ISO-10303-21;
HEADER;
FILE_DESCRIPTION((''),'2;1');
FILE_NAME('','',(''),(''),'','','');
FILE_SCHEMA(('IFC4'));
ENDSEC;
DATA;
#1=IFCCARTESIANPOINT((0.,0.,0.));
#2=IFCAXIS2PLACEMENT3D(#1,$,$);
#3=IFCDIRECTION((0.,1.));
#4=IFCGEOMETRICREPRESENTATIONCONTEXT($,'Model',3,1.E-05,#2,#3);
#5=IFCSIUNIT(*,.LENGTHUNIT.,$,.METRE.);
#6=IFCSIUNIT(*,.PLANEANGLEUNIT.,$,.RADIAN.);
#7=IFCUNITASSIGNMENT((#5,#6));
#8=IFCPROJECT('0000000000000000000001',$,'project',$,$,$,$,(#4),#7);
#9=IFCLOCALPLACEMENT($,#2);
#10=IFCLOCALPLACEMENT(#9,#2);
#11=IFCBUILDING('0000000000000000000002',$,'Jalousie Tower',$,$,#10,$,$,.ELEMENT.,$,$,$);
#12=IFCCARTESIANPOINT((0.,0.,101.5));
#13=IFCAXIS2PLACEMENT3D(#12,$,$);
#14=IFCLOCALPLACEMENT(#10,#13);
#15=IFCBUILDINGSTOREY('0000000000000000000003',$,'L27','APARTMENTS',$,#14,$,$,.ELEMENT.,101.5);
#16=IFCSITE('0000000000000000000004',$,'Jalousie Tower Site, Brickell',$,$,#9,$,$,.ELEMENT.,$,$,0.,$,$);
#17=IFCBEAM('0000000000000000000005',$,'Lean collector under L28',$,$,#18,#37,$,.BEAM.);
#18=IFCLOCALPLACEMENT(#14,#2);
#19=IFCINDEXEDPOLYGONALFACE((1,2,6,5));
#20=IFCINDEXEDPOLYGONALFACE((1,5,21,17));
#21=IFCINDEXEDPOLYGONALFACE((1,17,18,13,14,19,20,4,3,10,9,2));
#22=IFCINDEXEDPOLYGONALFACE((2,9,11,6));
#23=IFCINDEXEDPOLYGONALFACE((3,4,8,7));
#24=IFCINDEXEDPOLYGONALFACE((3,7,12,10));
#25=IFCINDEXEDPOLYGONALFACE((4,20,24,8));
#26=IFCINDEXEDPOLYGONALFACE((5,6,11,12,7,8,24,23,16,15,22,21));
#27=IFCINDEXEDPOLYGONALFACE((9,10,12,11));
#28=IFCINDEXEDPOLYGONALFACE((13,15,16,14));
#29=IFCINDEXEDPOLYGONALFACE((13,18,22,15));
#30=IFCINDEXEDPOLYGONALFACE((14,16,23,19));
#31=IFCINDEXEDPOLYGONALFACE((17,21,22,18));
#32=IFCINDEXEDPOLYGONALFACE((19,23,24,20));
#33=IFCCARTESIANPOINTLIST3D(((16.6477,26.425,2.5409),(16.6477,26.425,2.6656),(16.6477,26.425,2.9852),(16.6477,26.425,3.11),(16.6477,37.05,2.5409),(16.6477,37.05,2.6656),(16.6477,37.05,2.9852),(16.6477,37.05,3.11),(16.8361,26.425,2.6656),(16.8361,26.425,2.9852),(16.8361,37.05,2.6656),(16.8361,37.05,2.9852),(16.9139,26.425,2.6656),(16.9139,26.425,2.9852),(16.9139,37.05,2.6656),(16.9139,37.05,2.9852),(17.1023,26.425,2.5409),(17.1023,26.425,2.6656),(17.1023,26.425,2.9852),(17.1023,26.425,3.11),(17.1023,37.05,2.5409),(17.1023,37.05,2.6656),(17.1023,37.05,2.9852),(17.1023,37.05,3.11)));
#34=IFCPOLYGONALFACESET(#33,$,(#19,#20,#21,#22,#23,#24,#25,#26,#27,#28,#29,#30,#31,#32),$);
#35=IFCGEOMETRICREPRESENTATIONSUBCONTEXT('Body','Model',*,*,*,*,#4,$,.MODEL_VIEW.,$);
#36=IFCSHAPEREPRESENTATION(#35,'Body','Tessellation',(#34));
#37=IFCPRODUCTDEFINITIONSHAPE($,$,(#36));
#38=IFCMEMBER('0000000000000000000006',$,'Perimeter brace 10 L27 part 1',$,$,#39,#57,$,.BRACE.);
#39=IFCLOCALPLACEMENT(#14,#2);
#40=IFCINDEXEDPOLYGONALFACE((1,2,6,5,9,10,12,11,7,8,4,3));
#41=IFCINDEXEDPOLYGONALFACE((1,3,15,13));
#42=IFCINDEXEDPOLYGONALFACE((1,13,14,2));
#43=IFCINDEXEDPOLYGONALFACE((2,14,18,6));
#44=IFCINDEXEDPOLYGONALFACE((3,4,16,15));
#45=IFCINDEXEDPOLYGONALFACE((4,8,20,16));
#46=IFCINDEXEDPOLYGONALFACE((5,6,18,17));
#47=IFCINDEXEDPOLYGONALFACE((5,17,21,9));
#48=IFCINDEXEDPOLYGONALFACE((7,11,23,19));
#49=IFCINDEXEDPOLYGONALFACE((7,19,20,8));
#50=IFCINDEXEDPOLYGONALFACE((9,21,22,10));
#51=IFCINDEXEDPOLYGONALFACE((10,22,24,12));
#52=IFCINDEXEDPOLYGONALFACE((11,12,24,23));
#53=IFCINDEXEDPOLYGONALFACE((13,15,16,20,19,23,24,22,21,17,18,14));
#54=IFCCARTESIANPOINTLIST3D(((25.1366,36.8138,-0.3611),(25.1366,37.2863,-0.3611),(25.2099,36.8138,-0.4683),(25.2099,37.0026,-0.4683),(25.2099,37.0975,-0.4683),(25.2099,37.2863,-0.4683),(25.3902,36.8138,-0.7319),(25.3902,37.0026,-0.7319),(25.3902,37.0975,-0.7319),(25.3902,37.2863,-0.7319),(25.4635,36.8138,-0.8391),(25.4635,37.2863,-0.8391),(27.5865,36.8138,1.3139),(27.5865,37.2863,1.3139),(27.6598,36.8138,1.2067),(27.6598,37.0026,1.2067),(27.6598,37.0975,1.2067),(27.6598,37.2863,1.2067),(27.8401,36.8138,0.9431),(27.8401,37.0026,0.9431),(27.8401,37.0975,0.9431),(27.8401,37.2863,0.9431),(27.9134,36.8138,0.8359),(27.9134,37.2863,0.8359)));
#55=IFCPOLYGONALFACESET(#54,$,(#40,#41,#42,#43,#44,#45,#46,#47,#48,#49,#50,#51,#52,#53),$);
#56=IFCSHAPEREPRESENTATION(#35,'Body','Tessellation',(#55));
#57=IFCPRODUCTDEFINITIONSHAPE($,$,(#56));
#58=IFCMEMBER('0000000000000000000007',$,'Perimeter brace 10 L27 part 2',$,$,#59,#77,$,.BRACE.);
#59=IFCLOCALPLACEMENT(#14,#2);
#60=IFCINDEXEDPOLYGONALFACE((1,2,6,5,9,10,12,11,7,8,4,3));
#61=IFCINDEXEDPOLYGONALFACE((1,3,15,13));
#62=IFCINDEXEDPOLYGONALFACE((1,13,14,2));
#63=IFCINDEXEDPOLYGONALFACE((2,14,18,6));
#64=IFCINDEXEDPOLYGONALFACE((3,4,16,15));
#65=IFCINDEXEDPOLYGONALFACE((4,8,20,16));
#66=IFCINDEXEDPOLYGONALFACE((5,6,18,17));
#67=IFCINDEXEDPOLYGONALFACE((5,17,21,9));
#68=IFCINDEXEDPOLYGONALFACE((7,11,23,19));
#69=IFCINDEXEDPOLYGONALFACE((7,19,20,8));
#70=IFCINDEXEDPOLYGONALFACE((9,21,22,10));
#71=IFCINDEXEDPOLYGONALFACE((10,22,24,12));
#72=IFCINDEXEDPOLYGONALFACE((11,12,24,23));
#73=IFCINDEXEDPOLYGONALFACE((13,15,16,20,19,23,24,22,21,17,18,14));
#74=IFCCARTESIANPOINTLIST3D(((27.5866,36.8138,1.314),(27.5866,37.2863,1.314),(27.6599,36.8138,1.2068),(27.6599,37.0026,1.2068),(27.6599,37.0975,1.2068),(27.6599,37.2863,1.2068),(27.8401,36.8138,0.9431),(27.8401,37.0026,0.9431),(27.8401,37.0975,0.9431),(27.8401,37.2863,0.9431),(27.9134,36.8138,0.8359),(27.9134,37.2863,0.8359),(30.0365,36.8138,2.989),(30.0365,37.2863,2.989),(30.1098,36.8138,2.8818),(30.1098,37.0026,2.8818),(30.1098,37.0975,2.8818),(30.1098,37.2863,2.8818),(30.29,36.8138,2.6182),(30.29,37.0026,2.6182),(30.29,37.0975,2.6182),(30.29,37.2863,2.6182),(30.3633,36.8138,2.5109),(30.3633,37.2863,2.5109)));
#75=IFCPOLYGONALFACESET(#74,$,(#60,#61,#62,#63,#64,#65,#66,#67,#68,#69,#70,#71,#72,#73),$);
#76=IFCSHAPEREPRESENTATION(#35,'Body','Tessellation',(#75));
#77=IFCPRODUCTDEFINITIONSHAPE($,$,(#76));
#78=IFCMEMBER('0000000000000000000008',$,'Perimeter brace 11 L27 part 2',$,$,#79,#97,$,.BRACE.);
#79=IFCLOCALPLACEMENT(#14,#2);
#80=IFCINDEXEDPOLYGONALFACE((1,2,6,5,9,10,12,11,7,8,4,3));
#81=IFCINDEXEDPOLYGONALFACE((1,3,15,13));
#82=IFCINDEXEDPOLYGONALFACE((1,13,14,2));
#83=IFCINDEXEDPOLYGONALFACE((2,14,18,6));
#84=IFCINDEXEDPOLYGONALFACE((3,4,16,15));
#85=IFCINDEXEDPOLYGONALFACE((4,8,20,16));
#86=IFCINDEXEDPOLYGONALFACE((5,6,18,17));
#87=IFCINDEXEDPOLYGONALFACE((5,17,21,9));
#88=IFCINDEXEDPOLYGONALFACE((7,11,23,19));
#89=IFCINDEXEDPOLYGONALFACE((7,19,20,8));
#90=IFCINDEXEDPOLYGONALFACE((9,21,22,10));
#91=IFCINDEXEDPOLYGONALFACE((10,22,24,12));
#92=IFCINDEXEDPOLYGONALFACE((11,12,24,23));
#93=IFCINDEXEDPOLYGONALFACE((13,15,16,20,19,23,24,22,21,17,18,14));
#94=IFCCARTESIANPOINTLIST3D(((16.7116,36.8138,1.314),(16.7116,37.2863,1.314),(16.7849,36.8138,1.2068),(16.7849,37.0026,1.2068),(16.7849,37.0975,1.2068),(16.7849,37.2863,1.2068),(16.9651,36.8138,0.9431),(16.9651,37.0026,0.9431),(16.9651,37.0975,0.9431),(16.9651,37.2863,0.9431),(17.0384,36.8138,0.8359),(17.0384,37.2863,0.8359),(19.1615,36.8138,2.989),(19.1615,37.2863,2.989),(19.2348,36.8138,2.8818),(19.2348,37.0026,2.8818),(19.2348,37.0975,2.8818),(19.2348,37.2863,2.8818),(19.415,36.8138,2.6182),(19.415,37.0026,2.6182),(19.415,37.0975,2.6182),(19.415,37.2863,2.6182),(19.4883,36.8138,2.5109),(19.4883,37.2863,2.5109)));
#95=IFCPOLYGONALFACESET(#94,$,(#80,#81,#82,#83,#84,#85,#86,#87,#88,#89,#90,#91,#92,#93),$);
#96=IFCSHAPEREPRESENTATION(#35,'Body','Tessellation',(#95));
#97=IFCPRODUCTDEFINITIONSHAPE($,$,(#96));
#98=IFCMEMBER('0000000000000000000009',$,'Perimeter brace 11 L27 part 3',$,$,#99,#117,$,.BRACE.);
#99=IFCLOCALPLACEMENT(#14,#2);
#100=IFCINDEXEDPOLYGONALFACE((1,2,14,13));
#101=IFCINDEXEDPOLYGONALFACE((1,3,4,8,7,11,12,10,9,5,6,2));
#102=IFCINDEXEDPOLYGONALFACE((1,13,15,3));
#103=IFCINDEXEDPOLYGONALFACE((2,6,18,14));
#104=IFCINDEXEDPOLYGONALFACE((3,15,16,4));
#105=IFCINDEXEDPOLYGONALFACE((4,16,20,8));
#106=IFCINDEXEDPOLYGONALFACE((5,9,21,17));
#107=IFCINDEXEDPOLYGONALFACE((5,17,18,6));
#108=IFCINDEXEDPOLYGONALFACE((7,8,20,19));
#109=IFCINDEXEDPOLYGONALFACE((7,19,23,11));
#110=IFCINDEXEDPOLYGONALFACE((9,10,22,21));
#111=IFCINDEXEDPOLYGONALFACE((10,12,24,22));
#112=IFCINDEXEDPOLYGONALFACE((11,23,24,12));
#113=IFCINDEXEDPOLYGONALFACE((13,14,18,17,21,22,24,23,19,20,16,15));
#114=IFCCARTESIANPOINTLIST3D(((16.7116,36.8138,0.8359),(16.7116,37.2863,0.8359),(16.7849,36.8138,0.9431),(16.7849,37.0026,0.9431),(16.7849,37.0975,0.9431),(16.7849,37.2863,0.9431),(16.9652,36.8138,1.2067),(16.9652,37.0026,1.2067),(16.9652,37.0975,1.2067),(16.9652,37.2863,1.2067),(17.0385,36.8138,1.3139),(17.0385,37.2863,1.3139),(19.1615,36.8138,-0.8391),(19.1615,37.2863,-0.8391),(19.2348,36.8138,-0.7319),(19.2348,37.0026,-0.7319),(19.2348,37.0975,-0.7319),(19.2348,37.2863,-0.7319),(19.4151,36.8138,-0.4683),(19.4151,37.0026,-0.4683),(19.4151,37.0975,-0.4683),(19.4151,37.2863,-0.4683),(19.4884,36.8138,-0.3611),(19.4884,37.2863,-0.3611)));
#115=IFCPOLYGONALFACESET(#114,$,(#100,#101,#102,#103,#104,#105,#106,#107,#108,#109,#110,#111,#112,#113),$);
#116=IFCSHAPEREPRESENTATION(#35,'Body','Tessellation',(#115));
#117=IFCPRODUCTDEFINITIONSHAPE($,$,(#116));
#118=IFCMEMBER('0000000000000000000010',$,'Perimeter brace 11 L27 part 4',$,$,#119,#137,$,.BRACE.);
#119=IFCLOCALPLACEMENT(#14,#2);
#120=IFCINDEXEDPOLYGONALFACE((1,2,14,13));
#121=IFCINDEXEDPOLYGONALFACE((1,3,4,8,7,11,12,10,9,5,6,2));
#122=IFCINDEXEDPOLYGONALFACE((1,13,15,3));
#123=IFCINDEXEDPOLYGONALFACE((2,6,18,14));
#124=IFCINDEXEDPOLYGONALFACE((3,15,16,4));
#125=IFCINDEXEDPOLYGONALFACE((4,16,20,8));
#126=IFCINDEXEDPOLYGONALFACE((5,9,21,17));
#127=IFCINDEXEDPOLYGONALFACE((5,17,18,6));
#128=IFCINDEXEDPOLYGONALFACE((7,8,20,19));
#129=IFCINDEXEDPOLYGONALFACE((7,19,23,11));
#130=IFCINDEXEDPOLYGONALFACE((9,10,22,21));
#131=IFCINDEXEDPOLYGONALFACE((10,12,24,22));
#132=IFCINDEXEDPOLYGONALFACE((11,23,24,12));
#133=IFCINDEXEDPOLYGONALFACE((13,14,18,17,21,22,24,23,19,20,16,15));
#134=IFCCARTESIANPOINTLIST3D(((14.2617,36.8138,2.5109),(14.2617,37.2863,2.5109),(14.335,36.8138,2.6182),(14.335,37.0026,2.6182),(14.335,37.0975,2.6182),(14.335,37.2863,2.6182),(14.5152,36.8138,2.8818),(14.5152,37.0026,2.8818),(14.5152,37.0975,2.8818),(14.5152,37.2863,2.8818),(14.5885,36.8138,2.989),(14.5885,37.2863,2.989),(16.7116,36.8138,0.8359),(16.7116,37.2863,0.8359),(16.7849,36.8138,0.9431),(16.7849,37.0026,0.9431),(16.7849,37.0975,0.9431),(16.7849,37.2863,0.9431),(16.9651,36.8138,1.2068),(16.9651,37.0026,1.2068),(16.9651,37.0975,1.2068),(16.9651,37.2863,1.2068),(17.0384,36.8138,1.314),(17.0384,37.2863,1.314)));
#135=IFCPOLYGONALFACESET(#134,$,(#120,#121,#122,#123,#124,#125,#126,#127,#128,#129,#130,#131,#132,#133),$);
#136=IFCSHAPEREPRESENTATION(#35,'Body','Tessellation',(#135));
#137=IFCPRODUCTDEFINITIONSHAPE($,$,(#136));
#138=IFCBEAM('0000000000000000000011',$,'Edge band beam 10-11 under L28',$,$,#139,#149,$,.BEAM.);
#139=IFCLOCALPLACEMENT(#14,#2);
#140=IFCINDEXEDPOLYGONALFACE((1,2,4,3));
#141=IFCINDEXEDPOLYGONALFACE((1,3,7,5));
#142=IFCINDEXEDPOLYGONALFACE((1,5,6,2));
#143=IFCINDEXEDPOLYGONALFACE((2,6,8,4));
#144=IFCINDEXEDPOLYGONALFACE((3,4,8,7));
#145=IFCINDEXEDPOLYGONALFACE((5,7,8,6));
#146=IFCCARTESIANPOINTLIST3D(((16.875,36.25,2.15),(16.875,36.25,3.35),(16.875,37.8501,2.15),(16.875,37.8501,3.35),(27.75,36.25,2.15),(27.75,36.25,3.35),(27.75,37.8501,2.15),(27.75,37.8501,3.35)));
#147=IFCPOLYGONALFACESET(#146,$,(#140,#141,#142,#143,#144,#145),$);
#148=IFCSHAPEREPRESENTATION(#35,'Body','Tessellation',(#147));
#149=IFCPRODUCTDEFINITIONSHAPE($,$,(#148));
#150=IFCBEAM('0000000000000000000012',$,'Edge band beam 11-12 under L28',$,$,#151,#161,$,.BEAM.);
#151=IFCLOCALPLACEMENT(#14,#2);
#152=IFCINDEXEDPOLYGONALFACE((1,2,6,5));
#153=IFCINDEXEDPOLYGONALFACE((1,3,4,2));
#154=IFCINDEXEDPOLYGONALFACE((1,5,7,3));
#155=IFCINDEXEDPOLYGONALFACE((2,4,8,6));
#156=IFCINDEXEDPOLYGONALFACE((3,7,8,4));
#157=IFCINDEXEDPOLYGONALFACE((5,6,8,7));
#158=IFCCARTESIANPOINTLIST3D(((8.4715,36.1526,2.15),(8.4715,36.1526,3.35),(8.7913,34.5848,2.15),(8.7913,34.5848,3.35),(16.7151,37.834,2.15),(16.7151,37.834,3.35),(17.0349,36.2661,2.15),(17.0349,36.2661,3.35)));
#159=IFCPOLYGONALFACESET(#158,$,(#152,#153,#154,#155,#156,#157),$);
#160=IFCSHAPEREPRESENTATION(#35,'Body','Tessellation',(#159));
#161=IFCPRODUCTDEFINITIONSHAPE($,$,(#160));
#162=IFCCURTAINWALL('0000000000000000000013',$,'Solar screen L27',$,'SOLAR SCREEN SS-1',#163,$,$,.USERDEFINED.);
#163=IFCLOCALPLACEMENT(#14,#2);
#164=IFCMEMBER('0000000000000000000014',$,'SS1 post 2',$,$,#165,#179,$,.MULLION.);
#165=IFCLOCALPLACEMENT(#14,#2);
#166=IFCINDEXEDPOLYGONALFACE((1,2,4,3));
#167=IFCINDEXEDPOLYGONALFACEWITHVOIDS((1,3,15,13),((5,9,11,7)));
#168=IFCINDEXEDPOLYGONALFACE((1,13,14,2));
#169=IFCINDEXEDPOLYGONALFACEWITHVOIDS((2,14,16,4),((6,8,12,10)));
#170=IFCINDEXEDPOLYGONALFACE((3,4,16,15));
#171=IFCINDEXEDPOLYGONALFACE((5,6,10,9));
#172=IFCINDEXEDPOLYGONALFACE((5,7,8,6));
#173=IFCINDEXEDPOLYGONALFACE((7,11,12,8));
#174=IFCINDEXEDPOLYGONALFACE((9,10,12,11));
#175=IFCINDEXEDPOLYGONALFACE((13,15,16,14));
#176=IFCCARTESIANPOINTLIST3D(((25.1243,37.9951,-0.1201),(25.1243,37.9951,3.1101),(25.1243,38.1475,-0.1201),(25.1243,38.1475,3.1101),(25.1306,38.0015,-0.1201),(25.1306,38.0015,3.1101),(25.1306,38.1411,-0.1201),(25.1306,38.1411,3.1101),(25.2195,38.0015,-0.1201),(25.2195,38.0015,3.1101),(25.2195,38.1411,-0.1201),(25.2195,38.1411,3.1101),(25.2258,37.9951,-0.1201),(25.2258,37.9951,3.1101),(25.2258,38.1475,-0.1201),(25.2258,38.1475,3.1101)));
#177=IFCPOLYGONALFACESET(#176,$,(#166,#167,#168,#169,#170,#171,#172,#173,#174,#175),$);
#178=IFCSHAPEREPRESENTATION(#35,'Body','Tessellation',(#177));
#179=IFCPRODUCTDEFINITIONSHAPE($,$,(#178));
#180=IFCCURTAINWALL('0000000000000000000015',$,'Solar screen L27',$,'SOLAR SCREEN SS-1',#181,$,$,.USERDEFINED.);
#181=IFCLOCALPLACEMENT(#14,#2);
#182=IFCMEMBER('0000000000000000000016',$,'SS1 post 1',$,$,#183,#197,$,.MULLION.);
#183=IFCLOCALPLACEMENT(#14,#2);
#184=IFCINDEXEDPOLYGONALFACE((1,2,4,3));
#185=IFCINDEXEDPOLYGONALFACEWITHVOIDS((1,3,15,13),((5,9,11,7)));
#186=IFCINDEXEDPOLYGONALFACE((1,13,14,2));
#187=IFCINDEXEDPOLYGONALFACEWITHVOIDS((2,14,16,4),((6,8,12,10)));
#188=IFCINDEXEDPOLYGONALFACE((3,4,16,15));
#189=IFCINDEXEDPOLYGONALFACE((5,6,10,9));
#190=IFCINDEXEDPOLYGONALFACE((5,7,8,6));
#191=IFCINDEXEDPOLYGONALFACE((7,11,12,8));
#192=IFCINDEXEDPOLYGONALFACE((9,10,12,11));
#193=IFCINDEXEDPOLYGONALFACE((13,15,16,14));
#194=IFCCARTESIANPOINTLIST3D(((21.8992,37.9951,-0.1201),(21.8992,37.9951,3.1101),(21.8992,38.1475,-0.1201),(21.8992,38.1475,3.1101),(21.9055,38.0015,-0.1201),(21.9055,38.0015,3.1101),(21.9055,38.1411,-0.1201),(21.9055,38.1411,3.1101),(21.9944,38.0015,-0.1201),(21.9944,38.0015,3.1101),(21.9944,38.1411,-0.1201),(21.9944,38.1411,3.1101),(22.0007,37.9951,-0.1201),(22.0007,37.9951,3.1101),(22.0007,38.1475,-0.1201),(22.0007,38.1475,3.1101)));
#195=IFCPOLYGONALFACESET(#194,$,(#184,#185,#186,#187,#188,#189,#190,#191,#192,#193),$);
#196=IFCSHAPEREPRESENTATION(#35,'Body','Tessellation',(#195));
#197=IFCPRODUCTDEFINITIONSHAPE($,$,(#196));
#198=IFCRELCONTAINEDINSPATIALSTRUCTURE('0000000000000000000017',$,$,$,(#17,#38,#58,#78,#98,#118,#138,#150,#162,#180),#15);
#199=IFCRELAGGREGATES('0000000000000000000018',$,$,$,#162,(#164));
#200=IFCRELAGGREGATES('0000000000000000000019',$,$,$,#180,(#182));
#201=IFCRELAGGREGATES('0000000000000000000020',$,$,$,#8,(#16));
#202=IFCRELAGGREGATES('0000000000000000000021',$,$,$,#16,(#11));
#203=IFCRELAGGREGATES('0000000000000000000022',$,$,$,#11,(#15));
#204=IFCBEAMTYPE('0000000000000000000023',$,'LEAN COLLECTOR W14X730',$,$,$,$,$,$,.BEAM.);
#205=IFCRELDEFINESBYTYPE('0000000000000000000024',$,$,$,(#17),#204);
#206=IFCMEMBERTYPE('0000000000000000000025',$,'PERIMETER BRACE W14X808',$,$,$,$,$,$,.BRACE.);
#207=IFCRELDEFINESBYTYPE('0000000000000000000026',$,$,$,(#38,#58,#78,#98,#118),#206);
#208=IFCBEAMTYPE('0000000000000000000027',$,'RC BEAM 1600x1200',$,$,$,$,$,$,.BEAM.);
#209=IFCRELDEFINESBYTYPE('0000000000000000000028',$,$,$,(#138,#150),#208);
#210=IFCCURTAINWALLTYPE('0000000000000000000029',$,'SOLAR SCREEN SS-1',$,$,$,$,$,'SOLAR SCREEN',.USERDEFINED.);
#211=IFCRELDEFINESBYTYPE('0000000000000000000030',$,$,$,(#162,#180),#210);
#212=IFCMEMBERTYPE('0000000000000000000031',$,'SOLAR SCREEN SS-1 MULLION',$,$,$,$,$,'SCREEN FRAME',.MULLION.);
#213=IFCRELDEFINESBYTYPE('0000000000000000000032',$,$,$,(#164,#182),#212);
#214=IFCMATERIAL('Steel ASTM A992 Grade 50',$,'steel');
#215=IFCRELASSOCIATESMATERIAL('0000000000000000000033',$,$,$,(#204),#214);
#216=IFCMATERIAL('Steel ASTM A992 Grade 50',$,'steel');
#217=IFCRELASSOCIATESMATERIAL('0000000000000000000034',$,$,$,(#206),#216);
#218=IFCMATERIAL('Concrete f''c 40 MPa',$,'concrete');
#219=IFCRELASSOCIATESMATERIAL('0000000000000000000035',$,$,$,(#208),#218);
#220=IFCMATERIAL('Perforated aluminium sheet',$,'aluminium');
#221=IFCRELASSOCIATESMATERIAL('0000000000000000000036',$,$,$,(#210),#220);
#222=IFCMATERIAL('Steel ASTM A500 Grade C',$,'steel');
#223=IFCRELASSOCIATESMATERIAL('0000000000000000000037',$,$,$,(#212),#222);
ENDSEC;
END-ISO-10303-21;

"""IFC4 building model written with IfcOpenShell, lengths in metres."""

from ifc_helpers import new_model, si_unit, direction, frame, origin, origin_2d, place, context, subcontext, project, spatial, rectangle, hollow_rectangle, i_section, extrude, material, material_profile, profile_set, type_object, element, aggregate, save


model = new_model("IFC4")

# Units and contexts
model_context = context("Model", 3, precision=1e-05, world=origin(), true_north=direction((0.0, 1.0)))
body_context = subcontext(model_context, "Body", "Model", "MODEL_VIEW")
ifc_project = project(units=[si_unit("LENGTHUNIT", "METRE"), si_unit("PLANEANGLEUNIT", "RADIAN")], contexts=[model_context])

# Site, building, storey
site_placement = place(None, origin())
site = spatial("IfcSite", under=ifc_project, at=site_placement, Name="Jalousie Tower Site, Brickell", CompositionType="ELEMENT", RefElevation=0.0)
building_placement = place(site_placement, origin())
building = spatial("IfcBuilding", under=site, at=building_placement, Name="Jalousie Tower", CompositionType="ELEMENT")
storey_placement = place(building_placement, frame((0.0, 0.0, 101.5)))
storey = spatial("IfcBuildingStorey", under=building, at=storey_placement, Name="L27", Description="APARTMENTS", CompositionType="ELEMENT", Elevation=101.5)

# Beam
ifc_material_1 = material(Name="Steel ASTM A992 Grade 50", Category="steel")
ifc_material_profile_1 = material_profile(ifc_material_1, i_section(OverallWidth=0.4546, OverallDepth=0.5691, WebThickness=0.0779, FlangeThickness=0.1248, at=origin_2d()), Name="W14X730")
ifc_profile_set_1 = profile_set([ifc_material_profile_1], Name="Steel ASTM A992 Grade 50")
beam_type_1 = type_object("IfcBeamType", Name="LEAN COLLECTOR W14X730", PredefinedType="BEAM", material=ifc_profile_set_1)
beam_1_placement = place(storey_placement, frame((16.875, 37.05, 2.8254), z_axis=(0.0, -1.0, 0.0), x_axis=(1.0, 0.0, 0.0)))
element("IfcBeam", 1, at=beam_1_placement, inside=storey, type_object=beam_type_1, Name="Lean collector under L28", PredefinedType="BEAM", context=body_context, shape_type="SweptSolid", body=[
    extrude(i_section(OverallWidth=0.4546, OverallDepth=0.5691, WebThickness=0.0779, FlangeThickness=0.1248, at=origin_2d()), origin(), (0.0, 0.0, 1.0), 10.625),
])

# Members
ifc_material_2 = material(Name="Steel ASTM A992 Grade 50", Category="steel")
ifc_material_profile_2 = material_profile(ifc_material_2, i_section(OverallWidth=0.4724, OverallDepth=0.5791, WebThickness=0.095, FlangeThickness=0.1299, at=origin_2d()), Name="W14X808")
ifc_profile_set_2 = profile_set([ifc_material_profile_2], Name="Steel ASTM A992 Grade 50")
member_type_1 = type_object("IfcMemberType", Name="PERIMETER BRACE W14X808", PredefinedType="BRACE", material=ifc_profile_set_2)
for number, where, z_axis, x_axis, name in (
    (2, (25.3, 37.05, -0.6001), (0.825501, 0.0, 0.564401), (0.0, 1.0, 0.0), "Perimeter brace 10 L27 part 1"),
    (3, (27.75, 37.05, 1.075), (0.825501, 0.0, 0.564401), (0.0, 1.0, 0.0), "Perimeter brace 10 L27 part 2"),
    (4, (16.875, 37.05, 1.075), (0.825501, 0.0, 0.564401), (0.0, 1.0, 0.0), "Perimeter brace 11 L27 part 2"),
    (5, (19.325, 37.05, -0.6001), (-0.825501, 0.0, 0.564401), (0.0, -1.0, 0.0), "Perimeter brace 11 L27 part 3"),
    (6, (16.875, 37.05, 1.075), (-0.825501, 0.0, 0.564401), (0.0, -1.0, 0.0), "Perimeter brace 11 L27 part 4"),
):
    element("IfcMember", number, at=place(storey_placement, frame(where, z_axis=z_axis, x_axis=x_axis)), inside=storey, type_object=member_type_1, Name=name, PredefinedType="BRACE", context=body_context, shape_type="SweptSolid", body=[
        extrude(i_section(OverallWidth=0.4724, OverallDepth=0.5791, WebThickness=0.095, FlangeThickness=0.1299, at=origin_2d()), origin(), (0.0, 0.0, 1.0), 2.9678),
    ])

# Beams
ifc_material_3 = material(Name="Concrete f'c 40 MPa", Category="concrete")
ifc_material_profile_3 = material_profile(ifc_material_3, rectangle(XDim=1.6001, YDim=1.2, at=origin_2d()), Name="RC 1600x1200")
ifc_profile_set_3 = profile_set([ifc_material_profile_3], Name="Concrete f'c 40 MPa")
beam_type_2 = type_object("IfcBeamType", Name="RC BEAM 1600x1200", PredefinedType="BEAM", material=ifc_profile_set_3)
beam_2_placement = place(storey_placement, frame((27.75, 37.05, 2.75), z_axis=(-1.0, 0.0, 0.0), x_axis=(0.0, -1.0, 0.0)))
element("IfcBeam", 7, at=beam_2_placement, inside=storey, type_object=beam_type_2, Name="Edge band beam 10-11 under L28", PredefinedType="BEAM", context=body_context, shape_type="SweptSolid", body=[
    extrude(rectangle(XDim=1.6001, YDim=1.2, at=origin_2d()), origin(), (0.0, 0.0, 1.0), 10.875),
])
beam_3_placement = place(storey_placement, frame((16.875, 37.05, 2.75), z_axis=(-0.979827, -0.199848, 0.0), x_axis=(0.199848, -0.979827, 0.0)))
element("IfcBeam", 8, at=beam_3_placement, inside=storey, type_object=beam_type_2, Name="Edge band beam 11-12 under L28", PredefinedType="BEAM", context=body_context, shape_type="SweptSolid", body=[
    extrude(rectangle(XDim=1.6001, YDim=1.2, at=origin_2d()), origin(), (0.0, 0.0, 1.0), 8.4133),
])

# Curtain wall, member
ifc_material_4 = material(Name="Perforated aluminium sheet", Category="aluminium")
curtain_wall_type = type_object("IfcCurtainWallType", Name="SOLAR SCREEN SS-1", ElementType="SOLAR SCREEN", PredefinedType="USERDEFINED", material=ifc_material_4)
curtain_wall_1_placement = place(storey_placement, origin())
curtain_wall_1 = element("IfcCurtainWall", 9, at=curtain_wall_1_placement, inside=storey, type_object=curtain_wall_type, Name="Solar screen L27", ObjectType="SOLAR SCREEN SS-1", PredefinedType="USERDEFINED")
ifc_material_5 = material(Name="Steel ASTM A500 Grade C", Category="steel")
ifc_material_profile_4 = material_profile(ifc_material_5, hollow_rectangle(XDim=0.1016, YDim=0.1523, WallThickness=0.0063, at=origin_2d()), Name="HSS6X4X1/4")
ifc_profile_set_4 = profile_set([ifc_material_profile_4], Name="Steel ASTM A500 Grade C")
member_type_2 = type_object("IfcMemberType", Name="SOLAR SCREEN SS-1 MULLION", ElementType="SCREEN FRAME", PredefinedType="MULLION", material=ifc_profile_set_4)
member_1_placement = place(storey_placement, frame((25.175, 38.0713, -0.1201), z_axis=(0.0, 0.0, 1.0), x_axis=(-1.0, 0.0, 0.0)))
member_1 = element("IfcMember", 10, at=member_1_placement, type_object=member_type_2, Name="SS1 post 2", PredefinedType="MULLION", context=body_context, shape_type="SweptSolid", body=[
    extrude(hollow_rectangle(XDim=0.1016, YDim=0.1523, WallThickness=0.0063, at=origin_2d()), origin(), (0.0, 0.0, 1.0), 3.2302),
])
aggregate(curtain_wall_1, [member_1])

# Curtain wall, member
curtain_wall_2_placement = place(storey_placement, origin())
curtain_wall_2 = element("IfcCurtainWall", 11, at=curtain_wall_2_placement, inside=storey, type_object=curtain_wall_type, Name="Solar screen L27", ObjectType="SOLAR SCREEN SS-1", PredefinedType="USERDEFINED")
member_2_placement = place(storey_placement, frame((21.95, 38.0713, -0.1201), z_axis=(0.0, 0.0, 1.0), x_axis=(-1.0, 0.0, 0.0)))
member_2 = element("IfcMember", 12, at=member_2_placement, type_object=member_type_2, Name="SS1 post 1", PredefinedType="MULLION", context=body_context, shape_type="SweptSolid", body=[
    extrude(hollow_rectangle(XDim=0.1016, YDim=0.1523, WallThickness=0.0063, at=origin_2d()), origin(), (0.0, 0.0, 1.0), 3.2302),
])

aggregate(curtain_wall_2, [member_2])

save(model, "model.ifc")
